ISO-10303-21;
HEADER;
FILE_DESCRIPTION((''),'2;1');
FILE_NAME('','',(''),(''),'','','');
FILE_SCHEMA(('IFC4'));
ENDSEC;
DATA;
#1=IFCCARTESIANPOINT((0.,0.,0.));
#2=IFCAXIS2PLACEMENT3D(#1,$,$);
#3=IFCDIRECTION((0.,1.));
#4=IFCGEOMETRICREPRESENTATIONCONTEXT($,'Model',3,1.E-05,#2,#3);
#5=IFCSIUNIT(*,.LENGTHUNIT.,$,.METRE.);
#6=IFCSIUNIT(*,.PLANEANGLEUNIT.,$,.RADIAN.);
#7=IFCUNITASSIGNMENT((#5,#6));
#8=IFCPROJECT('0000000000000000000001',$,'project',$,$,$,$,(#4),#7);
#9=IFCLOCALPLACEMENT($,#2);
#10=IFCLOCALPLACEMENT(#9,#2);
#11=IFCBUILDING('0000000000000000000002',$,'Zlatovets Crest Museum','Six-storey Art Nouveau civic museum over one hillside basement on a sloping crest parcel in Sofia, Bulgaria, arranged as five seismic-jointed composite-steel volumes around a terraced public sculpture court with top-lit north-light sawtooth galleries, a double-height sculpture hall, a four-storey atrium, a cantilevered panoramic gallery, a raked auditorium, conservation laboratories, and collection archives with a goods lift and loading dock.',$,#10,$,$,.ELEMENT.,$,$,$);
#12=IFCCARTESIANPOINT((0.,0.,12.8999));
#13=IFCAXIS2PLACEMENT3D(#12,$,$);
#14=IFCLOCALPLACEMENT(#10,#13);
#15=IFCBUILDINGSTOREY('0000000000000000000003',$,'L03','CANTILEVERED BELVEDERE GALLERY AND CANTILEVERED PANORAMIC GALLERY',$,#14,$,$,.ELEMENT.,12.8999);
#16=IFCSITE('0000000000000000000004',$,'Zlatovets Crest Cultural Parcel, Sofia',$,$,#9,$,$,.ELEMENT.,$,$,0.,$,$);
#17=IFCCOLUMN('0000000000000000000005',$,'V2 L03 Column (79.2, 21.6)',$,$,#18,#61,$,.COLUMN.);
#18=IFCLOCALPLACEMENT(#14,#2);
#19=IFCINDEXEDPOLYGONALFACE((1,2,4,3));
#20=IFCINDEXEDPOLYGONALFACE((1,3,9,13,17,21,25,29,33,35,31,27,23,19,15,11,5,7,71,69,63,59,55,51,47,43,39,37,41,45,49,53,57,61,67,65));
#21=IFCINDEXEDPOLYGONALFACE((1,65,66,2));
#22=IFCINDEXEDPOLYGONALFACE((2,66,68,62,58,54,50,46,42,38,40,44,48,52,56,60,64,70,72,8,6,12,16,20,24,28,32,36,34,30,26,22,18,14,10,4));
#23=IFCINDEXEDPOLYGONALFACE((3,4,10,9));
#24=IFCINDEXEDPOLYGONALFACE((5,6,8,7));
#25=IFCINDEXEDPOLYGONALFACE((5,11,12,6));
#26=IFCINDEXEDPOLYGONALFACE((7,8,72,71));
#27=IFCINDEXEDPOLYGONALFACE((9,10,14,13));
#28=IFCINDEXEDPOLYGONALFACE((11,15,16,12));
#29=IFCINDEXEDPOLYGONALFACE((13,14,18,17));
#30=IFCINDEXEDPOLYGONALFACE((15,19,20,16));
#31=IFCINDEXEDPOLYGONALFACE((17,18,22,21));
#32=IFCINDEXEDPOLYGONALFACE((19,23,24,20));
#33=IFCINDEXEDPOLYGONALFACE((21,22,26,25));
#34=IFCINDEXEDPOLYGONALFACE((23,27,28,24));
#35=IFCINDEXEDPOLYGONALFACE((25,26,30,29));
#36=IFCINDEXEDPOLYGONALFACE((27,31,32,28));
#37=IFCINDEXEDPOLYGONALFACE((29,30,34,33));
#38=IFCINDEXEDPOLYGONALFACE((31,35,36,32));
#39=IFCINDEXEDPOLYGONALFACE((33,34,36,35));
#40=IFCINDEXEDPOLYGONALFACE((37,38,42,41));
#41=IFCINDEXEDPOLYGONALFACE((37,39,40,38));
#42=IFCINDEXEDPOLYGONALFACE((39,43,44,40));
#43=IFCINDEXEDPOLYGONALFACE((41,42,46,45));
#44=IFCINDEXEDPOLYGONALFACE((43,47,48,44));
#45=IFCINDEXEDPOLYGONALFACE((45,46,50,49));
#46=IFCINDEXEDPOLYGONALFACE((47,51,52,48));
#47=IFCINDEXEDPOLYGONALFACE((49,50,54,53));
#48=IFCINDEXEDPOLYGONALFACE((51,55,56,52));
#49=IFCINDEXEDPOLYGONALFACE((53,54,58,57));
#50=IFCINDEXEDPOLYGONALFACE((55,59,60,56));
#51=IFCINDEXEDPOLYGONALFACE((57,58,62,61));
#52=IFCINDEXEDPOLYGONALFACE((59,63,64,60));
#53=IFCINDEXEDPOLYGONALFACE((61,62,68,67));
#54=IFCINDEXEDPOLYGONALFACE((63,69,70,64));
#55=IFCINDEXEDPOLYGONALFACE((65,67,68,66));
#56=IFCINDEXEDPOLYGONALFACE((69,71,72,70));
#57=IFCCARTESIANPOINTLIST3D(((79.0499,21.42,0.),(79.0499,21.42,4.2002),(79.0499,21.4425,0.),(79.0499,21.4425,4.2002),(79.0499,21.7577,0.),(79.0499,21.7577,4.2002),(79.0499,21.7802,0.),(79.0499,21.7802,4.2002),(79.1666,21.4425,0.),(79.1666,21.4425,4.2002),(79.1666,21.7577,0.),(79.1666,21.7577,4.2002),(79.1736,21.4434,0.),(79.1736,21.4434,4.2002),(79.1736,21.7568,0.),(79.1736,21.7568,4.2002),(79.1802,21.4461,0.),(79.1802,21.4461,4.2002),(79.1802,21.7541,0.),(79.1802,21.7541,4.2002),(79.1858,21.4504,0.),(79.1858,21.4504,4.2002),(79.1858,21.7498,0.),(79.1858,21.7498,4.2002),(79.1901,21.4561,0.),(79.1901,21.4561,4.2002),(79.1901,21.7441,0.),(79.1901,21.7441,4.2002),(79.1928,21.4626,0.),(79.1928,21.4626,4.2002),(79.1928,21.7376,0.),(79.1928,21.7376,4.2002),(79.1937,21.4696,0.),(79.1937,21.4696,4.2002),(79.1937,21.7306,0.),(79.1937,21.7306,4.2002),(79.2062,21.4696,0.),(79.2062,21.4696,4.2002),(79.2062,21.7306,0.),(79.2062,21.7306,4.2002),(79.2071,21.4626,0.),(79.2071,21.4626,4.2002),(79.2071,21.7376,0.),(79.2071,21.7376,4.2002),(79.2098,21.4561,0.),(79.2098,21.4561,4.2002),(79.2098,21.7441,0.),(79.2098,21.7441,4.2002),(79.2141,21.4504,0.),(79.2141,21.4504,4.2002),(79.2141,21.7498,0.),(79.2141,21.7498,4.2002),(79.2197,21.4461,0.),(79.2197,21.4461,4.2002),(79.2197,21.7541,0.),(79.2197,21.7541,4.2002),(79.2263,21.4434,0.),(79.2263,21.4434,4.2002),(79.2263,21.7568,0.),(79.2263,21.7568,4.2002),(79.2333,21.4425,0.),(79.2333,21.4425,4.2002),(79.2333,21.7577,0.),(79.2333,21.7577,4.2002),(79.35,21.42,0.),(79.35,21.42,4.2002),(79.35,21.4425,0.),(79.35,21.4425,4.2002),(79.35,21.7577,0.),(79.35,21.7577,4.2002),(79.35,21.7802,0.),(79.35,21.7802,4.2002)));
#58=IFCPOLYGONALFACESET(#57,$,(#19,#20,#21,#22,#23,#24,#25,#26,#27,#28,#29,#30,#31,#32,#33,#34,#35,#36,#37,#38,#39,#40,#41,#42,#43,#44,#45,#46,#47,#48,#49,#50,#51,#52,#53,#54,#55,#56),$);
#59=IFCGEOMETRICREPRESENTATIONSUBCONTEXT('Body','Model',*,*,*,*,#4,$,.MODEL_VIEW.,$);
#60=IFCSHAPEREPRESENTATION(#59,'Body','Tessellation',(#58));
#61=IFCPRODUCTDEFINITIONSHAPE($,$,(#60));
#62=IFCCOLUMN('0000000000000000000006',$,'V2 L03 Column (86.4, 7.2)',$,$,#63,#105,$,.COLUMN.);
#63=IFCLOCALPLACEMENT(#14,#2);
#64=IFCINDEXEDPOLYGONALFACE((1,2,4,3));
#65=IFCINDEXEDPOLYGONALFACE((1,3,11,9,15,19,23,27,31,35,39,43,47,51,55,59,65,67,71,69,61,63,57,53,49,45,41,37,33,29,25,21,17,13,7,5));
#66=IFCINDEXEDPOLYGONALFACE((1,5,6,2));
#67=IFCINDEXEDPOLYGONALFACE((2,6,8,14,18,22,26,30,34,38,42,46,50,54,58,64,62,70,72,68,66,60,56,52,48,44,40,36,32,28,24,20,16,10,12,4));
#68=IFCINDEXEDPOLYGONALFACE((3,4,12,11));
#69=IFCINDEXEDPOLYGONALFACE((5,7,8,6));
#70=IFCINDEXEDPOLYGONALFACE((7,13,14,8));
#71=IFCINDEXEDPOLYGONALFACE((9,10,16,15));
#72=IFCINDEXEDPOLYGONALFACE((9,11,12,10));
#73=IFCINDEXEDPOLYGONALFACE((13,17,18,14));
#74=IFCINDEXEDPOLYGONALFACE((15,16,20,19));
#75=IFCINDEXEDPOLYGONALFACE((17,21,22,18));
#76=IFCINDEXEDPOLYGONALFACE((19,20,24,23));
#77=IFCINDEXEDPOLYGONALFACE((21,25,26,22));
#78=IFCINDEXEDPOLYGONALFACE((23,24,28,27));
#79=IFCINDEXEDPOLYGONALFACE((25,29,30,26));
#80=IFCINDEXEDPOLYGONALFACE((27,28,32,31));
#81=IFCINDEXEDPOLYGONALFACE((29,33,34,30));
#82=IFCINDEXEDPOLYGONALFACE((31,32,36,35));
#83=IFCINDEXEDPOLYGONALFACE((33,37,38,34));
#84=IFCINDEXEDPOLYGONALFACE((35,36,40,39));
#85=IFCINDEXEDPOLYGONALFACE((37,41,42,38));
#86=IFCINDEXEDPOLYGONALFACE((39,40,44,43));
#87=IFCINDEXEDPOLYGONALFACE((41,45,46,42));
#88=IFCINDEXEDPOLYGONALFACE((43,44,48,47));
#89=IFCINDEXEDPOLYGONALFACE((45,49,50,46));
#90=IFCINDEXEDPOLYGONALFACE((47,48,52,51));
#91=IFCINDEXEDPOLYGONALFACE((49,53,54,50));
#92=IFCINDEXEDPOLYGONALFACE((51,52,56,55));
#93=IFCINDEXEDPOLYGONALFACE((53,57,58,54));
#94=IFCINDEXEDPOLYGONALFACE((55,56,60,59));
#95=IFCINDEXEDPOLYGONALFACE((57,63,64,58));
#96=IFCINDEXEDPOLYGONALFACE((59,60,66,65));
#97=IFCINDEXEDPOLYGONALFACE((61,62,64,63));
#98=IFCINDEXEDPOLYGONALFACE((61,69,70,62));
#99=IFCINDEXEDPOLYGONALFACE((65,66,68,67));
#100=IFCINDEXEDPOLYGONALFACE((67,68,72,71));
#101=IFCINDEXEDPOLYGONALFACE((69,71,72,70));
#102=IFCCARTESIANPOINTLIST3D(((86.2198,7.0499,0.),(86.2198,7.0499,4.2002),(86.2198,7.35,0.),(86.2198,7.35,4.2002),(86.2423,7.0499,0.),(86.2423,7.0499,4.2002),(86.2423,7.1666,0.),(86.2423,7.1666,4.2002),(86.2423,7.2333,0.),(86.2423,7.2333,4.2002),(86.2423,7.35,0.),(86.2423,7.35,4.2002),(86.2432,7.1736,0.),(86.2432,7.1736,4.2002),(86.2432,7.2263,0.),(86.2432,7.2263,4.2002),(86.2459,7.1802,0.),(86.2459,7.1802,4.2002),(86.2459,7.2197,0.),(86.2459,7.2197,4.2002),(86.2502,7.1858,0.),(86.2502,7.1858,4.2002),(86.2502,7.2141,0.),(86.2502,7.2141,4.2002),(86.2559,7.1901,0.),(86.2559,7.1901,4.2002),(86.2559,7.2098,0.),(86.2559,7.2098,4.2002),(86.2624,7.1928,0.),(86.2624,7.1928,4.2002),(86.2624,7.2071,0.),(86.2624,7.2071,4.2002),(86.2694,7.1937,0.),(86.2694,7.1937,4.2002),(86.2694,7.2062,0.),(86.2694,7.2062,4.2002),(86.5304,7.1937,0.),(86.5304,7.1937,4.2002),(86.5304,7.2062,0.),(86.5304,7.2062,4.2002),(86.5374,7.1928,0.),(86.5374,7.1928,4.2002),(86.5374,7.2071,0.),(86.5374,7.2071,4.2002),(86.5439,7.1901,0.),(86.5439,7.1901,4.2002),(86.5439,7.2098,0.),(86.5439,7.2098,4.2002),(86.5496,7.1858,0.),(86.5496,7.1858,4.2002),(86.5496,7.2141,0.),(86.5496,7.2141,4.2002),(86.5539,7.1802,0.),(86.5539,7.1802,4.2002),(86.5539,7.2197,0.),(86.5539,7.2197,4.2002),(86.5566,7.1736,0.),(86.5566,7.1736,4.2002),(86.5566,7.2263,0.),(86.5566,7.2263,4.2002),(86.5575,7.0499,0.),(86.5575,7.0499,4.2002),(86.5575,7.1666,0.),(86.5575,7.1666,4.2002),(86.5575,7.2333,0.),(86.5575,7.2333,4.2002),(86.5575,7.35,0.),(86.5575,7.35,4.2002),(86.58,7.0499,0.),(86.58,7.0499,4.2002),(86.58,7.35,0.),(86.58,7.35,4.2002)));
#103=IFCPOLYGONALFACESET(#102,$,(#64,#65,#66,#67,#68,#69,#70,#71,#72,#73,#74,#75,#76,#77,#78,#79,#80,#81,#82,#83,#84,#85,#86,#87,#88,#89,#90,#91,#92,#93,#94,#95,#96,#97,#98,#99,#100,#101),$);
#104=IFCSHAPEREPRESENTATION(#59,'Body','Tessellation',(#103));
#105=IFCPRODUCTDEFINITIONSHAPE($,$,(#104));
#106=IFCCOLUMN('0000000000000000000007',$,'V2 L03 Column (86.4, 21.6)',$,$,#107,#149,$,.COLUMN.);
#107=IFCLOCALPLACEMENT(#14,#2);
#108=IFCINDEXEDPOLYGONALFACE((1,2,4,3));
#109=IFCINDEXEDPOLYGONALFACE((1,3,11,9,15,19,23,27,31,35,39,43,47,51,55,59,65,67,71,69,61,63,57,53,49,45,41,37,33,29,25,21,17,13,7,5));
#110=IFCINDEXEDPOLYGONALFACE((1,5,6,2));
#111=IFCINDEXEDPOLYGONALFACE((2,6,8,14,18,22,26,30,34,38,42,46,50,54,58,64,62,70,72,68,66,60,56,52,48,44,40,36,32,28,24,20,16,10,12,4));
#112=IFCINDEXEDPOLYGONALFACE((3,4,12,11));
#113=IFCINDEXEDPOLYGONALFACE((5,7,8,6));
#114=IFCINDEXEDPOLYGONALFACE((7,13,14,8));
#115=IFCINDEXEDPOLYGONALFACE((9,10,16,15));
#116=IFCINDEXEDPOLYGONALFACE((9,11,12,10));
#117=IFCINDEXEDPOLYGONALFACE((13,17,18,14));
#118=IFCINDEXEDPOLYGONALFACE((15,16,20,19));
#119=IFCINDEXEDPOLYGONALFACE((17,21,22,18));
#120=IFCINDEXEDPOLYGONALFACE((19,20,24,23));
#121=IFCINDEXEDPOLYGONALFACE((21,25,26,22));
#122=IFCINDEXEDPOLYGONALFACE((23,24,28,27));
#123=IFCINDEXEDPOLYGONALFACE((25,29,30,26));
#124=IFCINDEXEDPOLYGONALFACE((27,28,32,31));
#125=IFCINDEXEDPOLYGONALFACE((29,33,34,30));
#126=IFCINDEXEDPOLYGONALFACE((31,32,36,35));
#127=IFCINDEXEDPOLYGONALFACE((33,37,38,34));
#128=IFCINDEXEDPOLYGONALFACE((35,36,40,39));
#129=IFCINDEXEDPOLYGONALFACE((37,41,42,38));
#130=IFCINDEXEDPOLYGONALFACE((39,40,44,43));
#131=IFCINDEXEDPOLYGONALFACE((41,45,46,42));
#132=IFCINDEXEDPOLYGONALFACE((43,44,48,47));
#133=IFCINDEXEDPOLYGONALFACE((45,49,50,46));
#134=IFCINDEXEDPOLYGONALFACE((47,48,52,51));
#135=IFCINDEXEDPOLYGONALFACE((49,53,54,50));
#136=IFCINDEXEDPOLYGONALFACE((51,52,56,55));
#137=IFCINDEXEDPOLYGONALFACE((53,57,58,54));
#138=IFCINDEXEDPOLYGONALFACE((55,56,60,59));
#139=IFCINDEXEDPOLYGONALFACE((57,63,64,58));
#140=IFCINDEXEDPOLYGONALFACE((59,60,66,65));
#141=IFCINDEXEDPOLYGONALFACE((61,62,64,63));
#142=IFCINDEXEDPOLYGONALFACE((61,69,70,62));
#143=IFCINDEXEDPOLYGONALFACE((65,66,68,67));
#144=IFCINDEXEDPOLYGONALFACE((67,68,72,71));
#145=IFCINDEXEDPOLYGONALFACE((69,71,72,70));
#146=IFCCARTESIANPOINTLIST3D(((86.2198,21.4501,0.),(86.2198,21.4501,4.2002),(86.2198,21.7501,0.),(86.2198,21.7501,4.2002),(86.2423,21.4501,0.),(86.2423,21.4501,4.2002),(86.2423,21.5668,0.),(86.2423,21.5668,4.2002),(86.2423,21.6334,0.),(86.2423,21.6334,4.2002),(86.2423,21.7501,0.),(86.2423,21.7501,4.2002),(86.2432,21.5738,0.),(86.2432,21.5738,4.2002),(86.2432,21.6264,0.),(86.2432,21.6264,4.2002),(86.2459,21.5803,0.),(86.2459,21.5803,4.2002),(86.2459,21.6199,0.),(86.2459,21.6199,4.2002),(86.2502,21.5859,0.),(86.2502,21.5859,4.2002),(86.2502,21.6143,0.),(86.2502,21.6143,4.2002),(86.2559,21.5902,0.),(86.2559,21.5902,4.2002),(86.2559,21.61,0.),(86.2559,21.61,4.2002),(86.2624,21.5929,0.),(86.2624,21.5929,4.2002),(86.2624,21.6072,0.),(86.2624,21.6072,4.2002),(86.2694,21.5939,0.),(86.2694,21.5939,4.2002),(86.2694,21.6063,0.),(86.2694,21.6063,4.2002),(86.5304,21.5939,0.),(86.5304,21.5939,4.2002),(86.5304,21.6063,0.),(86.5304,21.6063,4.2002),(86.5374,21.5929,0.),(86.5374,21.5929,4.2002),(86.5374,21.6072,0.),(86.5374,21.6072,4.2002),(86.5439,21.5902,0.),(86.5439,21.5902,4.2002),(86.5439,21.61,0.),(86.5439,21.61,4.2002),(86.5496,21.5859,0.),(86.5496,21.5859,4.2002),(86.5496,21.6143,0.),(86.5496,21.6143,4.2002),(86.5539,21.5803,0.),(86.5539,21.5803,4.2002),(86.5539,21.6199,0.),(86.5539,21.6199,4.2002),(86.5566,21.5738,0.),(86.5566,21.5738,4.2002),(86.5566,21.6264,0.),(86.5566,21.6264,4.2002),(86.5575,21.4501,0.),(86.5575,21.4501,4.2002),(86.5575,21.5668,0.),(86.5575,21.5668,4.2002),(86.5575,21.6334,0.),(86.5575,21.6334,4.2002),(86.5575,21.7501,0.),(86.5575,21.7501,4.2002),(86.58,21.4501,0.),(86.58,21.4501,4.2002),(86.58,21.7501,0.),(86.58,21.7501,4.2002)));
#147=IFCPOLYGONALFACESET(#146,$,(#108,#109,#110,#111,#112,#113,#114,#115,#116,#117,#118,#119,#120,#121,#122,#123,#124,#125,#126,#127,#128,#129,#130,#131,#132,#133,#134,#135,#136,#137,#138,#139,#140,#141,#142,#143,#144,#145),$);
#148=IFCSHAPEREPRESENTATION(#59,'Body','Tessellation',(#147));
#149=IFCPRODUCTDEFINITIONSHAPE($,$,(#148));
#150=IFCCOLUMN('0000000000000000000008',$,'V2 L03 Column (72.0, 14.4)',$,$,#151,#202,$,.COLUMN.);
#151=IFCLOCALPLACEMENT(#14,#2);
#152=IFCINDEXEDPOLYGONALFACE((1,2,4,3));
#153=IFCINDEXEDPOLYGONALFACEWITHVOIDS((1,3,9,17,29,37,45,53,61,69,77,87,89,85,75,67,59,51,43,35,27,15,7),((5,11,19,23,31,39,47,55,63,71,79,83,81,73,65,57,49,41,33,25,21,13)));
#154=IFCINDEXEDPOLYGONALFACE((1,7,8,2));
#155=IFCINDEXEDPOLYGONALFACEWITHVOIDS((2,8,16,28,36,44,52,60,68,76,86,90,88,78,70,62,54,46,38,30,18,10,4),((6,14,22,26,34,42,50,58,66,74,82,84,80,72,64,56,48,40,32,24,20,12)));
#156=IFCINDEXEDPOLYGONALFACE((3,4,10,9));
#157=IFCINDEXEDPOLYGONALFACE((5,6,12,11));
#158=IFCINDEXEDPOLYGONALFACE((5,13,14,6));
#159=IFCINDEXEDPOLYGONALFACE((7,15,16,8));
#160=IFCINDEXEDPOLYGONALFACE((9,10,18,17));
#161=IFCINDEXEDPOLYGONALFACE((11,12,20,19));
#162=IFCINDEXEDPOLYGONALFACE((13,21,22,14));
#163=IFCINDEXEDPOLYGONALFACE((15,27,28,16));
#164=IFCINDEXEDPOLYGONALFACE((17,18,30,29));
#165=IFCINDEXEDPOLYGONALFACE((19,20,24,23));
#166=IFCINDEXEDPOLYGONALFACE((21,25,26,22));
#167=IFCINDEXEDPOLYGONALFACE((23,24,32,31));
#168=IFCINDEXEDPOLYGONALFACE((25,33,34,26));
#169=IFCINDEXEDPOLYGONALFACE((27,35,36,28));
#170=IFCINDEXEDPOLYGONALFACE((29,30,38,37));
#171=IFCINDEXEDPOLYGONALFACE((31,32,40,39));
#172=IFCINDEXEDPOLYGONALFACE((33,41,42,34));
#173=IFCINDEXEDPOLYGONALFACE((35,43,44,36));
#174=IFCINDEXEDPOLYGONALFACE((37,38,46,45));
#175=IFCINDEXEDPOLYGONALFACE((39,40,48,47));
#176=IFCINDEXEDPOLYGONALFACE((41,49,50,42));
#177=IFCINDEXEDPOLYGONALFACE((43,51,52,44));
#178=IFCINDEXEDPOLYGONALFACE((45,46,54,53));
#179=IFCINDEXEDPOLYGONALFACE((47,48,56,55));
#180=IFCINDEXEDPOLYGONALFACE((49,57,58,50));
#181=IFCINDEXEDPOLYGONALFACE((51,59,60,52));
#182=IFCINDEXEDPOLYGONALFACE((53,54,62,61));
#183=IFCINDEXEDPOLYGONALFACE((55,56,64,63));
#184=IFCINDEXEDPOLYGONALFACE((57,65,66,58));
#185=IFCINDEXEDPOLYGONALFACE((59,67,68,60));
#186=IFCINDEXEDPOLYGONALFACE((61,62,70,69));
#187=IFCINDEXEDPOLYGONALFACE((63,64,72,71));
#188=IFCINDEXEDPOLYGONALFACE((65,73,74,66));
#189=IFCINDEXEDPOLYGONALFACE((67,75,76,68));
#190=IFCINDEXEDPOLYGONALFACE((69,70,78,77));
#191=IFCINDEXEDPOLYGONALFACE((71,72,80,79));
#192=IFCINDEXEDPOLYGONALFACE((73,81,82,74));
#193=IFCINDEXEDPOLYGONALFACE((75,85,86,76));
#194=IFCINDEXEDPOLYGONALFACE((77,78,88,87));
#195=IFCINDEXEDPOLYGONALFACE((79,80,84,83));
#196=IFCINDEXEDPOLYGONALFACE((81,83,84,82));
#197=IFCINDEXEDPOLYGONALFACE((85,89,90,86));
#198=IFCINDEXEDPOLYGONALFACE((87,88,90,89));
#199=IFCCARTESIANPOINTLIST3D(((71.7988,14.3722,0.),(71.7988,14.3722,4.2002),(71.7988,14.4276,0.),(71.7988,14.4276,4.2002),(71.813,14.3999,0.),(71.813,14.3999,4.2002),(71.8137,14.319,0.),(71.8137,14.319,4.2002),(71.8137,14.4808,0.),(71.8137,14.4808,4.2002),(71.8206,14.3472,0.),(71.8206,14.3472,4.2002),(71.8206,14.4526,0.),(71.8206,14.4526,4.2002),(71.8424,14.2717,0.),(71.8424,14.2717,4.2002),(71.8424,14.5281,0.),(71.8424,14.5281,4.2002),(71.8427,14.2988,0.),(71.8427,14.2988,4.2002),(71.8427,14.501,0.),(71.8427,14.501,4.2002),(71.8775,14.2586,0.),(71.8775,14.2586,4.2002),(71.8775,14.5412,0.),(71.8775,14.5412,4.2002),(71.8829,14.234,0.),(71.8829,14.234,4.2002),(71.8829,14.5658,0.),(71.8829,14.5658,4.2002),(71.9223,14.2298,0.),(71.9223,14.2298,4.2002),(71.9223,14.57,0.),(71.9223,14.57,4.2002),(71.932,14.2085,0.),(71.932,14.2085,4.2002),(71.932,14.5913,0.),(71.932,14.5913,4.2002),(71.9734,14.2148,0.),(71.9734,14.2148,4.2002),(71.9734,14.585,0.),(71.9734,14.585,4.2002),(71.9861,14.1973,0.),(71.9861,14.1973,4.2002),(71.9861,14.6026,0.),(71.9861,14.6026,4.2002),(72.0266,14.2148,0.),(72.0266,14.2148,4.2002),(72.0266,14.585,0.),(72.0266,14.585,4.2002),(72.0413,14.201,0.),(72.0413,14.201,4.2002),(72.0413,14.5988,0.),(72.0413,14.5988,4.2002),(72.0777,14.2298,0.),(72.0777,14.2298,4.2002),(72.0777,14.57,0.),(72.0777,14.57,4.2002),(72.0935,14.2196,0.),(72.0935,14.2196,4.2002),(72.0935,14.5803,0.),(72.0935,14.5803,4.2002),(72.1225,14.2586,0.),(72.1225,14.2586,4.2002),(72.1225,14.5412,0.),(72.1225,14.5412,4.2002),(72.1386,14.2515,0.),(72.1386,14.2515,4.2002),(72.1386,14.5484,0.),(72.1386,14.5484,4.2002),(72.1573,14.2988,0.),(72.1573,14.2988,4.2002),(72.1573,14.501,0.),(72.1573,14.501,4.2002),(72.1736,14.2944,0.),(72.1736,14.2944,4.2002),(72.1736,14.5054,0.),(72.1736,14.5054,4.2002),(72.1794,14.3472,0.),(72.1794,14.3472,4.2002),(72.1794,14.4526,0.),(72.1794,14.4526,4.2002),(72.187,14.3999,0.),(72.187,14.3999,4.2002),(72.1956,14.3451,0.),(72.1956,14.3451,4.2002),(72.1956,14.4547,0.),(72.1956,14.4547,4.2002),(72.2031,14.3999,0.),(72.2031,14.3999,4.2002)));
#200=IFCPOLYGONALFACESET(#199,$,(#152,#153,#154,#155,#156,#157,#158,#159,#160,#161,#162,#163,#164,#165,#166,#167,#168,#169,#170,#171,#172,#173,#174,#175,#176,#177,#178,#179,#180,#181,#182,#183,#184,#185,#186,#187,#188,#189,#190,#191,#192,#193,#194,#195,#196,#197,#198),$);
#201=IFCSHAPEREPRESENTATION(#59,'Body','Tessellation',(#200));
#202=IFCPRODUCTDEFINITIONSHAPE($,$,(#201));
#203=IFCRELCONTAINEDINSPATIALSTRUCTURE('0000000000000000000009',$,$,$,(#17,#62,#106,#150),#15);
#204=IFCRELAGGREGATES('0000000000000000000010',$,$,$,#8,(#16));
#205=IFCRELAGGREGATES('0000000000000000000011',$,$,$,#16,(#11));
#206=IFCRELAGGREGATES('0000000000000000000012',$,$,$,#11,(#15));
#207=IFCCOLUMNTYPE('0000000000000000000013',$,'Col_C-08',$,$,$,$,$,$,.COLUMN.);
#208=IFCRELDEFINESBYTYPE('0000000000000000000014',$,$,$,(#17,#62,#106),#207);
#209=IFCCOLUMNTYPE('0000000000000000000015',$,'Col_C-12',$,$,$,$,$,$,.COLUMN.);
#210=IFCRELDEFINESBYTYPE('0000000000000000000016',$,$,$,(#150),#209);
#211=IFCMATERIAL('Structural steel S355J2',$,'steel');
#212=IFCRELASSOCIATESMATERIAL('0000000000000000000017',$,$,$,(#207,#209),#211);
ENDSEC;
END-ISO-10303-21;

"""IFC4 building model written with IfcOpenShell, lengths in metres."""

from ifc_helpers import new_model, si_unit, direction, frame, origin, origin_2d, place, context, subcontext, project, spatial, hollow_circle, i_section, extrude, material, material_profile, profile_set, type_object, element, save


model = new_model("IFC4")

# Units and contexts
model_context = context("Model", 3, precision=1e-05, world=origin(), true_north=direction((0.0, 1.0)))
body_context = subcontext(model_context, "Body", "Model", "MODEL_VIEW")
ifc_project = project(units=[si_unit("LENGTHUNIT", "METRE"), si_unit("PLANEANGLEUNIT", "RADIAN")], contexts=[model_context])

# Site, building, storey
site_placement = place(None, origin())
site = spatial("IfcSite", under=ifc_project, at=site_placement, Name="Zlatovets Crest Cultural Parcel, Sofia", CompositionType="ELEMENT", RefElevation=0.0)
building_placement = place(site_placement, origin())
building = spatial("IfcBuilding", under=site, at=building_placement, Name="Zlatovets Crest Museum", Description="Six-storey Art Nouveau civic museum over one hillside basement on a sloping crest parcel in Sofia, Bulgaria, arranged as five seismic-jointed composite-steel volumes around a terraced public sculpture court with top-lit north-light sawtooth galleries, a double-height sculpture hall, a four-storey atrium, a cantilevered panoramic gallery, a raked auditorium, conservation laboratories, and collection archives with a goods lift and loading dock.", CompositionType="ELEMENT")
storey_placement = place(building_placement, frame((0.0, 0.0, 12.8999)))
storey = spatial("IfcBuildingStorey", under=building, at=storey_placement, Name="L03", Description="CANTILEVERED BELVEDERE GALLERY AND CANTILEVERED PANORAMIC GALLERY", CompositionType="ELEMENT", Elevation=12.8999)

# Columns
ifc_material_1 = material(Name="Structural steel S355J2", Category="steel")
ifc_material_profile_1 = material_profile(ifc_material_1, i_section(OverallWidth=0.3, OverallDepth=0.3601, WebThickness=0.0125, FlangeThickness=0.0225, FilletRadius=0.0271, at=origin_2d()), Name="HEB 360")
ifc_profile_set_1 = profile_set([ifc_material_profile_1], Name="Structural steel S355J2")
column_type_1 = type_object("IfcColumnType", Name="Col_C-08", PredefinedType="COLUMN", material=ifc_profile_set_1)
for number, where, z_axis, x_axis, name in (
    (1, (79.2, 21.6001, 0.0), (0.0, 0.0, 1.0), (1.0, 0.0, 0.0), "V2 L03 Column (79.2, 21.6)"),
    (2, (86.3999, 7.2, 0.0), (0.0, 0.0, 1.0), (0.0, 1.0, 0.0), "V2 L03 Column (86.4, 7.2)"),
    (3, (86.3999, 21.6001, 0.0), (0.0, 0.0, 1.0), (0.0, 1.0, 0.0), "V2 L03 Column (86.4, 21.6)"),
):
    element("IfcColumn", number, at=place(storey_placement, frame(where, z_axis=z_axis, x_axis=x_axis)), inside=storey, type_object=column_type_1, Name=name, PredefinedType="COLUMN", context=body_context, shape_type="SweptSolid", body=[
        extrude(i_section(OverallWidth=0.3, OverallDepth=0.3601, WebThickness=0.0125, FlangeThickness=0.0225, FilletRadius=0.0271, at=origin_2d()), origin(), (0.0, 0.0, 1.0), 4.2002),
    ])
ifc_material_profile_2 = material_profile(ifc_material_1, hollow_circle(Radius=0.2031, WallThickness=0.0161, at=origin_2d()), Name="CHS 406.4x16.0")
ifc_profile_set_2 = profile_set([ifc_material_profile_2], Name="Structural steel S355J2")
column_type_2 = type_object("IfcColumnType", Name="Col_C-12", PredefinedType="COLUMN", material=ifc_profile_set_2)
for number, where, z_axis, x_axis, name in (
    (4, (72.0, 14.3999, 0.0), (0.0, 0.0, 1.0), (1.0, 0.0, 0.0), "V2 L03 Column (72.0, 14.4)"),
):
    element("IfcColumn", number, at=place(storey_placement, frame(where, z_axis=z_axis, x_axis=x_axis)), inside=storey, type_object=column_type_2, Name=name, PredefinedType="COLUMN", context=body_context, shape_type="SweptSolid", body=[
        extrude(hollow_circle(Radius=0.2031, WallThickness=0.0161, at=origin_2d()), origin(), (0.0, 0.0, 1.0), 4.2002),
    ])

save(model, "model.ifc")
